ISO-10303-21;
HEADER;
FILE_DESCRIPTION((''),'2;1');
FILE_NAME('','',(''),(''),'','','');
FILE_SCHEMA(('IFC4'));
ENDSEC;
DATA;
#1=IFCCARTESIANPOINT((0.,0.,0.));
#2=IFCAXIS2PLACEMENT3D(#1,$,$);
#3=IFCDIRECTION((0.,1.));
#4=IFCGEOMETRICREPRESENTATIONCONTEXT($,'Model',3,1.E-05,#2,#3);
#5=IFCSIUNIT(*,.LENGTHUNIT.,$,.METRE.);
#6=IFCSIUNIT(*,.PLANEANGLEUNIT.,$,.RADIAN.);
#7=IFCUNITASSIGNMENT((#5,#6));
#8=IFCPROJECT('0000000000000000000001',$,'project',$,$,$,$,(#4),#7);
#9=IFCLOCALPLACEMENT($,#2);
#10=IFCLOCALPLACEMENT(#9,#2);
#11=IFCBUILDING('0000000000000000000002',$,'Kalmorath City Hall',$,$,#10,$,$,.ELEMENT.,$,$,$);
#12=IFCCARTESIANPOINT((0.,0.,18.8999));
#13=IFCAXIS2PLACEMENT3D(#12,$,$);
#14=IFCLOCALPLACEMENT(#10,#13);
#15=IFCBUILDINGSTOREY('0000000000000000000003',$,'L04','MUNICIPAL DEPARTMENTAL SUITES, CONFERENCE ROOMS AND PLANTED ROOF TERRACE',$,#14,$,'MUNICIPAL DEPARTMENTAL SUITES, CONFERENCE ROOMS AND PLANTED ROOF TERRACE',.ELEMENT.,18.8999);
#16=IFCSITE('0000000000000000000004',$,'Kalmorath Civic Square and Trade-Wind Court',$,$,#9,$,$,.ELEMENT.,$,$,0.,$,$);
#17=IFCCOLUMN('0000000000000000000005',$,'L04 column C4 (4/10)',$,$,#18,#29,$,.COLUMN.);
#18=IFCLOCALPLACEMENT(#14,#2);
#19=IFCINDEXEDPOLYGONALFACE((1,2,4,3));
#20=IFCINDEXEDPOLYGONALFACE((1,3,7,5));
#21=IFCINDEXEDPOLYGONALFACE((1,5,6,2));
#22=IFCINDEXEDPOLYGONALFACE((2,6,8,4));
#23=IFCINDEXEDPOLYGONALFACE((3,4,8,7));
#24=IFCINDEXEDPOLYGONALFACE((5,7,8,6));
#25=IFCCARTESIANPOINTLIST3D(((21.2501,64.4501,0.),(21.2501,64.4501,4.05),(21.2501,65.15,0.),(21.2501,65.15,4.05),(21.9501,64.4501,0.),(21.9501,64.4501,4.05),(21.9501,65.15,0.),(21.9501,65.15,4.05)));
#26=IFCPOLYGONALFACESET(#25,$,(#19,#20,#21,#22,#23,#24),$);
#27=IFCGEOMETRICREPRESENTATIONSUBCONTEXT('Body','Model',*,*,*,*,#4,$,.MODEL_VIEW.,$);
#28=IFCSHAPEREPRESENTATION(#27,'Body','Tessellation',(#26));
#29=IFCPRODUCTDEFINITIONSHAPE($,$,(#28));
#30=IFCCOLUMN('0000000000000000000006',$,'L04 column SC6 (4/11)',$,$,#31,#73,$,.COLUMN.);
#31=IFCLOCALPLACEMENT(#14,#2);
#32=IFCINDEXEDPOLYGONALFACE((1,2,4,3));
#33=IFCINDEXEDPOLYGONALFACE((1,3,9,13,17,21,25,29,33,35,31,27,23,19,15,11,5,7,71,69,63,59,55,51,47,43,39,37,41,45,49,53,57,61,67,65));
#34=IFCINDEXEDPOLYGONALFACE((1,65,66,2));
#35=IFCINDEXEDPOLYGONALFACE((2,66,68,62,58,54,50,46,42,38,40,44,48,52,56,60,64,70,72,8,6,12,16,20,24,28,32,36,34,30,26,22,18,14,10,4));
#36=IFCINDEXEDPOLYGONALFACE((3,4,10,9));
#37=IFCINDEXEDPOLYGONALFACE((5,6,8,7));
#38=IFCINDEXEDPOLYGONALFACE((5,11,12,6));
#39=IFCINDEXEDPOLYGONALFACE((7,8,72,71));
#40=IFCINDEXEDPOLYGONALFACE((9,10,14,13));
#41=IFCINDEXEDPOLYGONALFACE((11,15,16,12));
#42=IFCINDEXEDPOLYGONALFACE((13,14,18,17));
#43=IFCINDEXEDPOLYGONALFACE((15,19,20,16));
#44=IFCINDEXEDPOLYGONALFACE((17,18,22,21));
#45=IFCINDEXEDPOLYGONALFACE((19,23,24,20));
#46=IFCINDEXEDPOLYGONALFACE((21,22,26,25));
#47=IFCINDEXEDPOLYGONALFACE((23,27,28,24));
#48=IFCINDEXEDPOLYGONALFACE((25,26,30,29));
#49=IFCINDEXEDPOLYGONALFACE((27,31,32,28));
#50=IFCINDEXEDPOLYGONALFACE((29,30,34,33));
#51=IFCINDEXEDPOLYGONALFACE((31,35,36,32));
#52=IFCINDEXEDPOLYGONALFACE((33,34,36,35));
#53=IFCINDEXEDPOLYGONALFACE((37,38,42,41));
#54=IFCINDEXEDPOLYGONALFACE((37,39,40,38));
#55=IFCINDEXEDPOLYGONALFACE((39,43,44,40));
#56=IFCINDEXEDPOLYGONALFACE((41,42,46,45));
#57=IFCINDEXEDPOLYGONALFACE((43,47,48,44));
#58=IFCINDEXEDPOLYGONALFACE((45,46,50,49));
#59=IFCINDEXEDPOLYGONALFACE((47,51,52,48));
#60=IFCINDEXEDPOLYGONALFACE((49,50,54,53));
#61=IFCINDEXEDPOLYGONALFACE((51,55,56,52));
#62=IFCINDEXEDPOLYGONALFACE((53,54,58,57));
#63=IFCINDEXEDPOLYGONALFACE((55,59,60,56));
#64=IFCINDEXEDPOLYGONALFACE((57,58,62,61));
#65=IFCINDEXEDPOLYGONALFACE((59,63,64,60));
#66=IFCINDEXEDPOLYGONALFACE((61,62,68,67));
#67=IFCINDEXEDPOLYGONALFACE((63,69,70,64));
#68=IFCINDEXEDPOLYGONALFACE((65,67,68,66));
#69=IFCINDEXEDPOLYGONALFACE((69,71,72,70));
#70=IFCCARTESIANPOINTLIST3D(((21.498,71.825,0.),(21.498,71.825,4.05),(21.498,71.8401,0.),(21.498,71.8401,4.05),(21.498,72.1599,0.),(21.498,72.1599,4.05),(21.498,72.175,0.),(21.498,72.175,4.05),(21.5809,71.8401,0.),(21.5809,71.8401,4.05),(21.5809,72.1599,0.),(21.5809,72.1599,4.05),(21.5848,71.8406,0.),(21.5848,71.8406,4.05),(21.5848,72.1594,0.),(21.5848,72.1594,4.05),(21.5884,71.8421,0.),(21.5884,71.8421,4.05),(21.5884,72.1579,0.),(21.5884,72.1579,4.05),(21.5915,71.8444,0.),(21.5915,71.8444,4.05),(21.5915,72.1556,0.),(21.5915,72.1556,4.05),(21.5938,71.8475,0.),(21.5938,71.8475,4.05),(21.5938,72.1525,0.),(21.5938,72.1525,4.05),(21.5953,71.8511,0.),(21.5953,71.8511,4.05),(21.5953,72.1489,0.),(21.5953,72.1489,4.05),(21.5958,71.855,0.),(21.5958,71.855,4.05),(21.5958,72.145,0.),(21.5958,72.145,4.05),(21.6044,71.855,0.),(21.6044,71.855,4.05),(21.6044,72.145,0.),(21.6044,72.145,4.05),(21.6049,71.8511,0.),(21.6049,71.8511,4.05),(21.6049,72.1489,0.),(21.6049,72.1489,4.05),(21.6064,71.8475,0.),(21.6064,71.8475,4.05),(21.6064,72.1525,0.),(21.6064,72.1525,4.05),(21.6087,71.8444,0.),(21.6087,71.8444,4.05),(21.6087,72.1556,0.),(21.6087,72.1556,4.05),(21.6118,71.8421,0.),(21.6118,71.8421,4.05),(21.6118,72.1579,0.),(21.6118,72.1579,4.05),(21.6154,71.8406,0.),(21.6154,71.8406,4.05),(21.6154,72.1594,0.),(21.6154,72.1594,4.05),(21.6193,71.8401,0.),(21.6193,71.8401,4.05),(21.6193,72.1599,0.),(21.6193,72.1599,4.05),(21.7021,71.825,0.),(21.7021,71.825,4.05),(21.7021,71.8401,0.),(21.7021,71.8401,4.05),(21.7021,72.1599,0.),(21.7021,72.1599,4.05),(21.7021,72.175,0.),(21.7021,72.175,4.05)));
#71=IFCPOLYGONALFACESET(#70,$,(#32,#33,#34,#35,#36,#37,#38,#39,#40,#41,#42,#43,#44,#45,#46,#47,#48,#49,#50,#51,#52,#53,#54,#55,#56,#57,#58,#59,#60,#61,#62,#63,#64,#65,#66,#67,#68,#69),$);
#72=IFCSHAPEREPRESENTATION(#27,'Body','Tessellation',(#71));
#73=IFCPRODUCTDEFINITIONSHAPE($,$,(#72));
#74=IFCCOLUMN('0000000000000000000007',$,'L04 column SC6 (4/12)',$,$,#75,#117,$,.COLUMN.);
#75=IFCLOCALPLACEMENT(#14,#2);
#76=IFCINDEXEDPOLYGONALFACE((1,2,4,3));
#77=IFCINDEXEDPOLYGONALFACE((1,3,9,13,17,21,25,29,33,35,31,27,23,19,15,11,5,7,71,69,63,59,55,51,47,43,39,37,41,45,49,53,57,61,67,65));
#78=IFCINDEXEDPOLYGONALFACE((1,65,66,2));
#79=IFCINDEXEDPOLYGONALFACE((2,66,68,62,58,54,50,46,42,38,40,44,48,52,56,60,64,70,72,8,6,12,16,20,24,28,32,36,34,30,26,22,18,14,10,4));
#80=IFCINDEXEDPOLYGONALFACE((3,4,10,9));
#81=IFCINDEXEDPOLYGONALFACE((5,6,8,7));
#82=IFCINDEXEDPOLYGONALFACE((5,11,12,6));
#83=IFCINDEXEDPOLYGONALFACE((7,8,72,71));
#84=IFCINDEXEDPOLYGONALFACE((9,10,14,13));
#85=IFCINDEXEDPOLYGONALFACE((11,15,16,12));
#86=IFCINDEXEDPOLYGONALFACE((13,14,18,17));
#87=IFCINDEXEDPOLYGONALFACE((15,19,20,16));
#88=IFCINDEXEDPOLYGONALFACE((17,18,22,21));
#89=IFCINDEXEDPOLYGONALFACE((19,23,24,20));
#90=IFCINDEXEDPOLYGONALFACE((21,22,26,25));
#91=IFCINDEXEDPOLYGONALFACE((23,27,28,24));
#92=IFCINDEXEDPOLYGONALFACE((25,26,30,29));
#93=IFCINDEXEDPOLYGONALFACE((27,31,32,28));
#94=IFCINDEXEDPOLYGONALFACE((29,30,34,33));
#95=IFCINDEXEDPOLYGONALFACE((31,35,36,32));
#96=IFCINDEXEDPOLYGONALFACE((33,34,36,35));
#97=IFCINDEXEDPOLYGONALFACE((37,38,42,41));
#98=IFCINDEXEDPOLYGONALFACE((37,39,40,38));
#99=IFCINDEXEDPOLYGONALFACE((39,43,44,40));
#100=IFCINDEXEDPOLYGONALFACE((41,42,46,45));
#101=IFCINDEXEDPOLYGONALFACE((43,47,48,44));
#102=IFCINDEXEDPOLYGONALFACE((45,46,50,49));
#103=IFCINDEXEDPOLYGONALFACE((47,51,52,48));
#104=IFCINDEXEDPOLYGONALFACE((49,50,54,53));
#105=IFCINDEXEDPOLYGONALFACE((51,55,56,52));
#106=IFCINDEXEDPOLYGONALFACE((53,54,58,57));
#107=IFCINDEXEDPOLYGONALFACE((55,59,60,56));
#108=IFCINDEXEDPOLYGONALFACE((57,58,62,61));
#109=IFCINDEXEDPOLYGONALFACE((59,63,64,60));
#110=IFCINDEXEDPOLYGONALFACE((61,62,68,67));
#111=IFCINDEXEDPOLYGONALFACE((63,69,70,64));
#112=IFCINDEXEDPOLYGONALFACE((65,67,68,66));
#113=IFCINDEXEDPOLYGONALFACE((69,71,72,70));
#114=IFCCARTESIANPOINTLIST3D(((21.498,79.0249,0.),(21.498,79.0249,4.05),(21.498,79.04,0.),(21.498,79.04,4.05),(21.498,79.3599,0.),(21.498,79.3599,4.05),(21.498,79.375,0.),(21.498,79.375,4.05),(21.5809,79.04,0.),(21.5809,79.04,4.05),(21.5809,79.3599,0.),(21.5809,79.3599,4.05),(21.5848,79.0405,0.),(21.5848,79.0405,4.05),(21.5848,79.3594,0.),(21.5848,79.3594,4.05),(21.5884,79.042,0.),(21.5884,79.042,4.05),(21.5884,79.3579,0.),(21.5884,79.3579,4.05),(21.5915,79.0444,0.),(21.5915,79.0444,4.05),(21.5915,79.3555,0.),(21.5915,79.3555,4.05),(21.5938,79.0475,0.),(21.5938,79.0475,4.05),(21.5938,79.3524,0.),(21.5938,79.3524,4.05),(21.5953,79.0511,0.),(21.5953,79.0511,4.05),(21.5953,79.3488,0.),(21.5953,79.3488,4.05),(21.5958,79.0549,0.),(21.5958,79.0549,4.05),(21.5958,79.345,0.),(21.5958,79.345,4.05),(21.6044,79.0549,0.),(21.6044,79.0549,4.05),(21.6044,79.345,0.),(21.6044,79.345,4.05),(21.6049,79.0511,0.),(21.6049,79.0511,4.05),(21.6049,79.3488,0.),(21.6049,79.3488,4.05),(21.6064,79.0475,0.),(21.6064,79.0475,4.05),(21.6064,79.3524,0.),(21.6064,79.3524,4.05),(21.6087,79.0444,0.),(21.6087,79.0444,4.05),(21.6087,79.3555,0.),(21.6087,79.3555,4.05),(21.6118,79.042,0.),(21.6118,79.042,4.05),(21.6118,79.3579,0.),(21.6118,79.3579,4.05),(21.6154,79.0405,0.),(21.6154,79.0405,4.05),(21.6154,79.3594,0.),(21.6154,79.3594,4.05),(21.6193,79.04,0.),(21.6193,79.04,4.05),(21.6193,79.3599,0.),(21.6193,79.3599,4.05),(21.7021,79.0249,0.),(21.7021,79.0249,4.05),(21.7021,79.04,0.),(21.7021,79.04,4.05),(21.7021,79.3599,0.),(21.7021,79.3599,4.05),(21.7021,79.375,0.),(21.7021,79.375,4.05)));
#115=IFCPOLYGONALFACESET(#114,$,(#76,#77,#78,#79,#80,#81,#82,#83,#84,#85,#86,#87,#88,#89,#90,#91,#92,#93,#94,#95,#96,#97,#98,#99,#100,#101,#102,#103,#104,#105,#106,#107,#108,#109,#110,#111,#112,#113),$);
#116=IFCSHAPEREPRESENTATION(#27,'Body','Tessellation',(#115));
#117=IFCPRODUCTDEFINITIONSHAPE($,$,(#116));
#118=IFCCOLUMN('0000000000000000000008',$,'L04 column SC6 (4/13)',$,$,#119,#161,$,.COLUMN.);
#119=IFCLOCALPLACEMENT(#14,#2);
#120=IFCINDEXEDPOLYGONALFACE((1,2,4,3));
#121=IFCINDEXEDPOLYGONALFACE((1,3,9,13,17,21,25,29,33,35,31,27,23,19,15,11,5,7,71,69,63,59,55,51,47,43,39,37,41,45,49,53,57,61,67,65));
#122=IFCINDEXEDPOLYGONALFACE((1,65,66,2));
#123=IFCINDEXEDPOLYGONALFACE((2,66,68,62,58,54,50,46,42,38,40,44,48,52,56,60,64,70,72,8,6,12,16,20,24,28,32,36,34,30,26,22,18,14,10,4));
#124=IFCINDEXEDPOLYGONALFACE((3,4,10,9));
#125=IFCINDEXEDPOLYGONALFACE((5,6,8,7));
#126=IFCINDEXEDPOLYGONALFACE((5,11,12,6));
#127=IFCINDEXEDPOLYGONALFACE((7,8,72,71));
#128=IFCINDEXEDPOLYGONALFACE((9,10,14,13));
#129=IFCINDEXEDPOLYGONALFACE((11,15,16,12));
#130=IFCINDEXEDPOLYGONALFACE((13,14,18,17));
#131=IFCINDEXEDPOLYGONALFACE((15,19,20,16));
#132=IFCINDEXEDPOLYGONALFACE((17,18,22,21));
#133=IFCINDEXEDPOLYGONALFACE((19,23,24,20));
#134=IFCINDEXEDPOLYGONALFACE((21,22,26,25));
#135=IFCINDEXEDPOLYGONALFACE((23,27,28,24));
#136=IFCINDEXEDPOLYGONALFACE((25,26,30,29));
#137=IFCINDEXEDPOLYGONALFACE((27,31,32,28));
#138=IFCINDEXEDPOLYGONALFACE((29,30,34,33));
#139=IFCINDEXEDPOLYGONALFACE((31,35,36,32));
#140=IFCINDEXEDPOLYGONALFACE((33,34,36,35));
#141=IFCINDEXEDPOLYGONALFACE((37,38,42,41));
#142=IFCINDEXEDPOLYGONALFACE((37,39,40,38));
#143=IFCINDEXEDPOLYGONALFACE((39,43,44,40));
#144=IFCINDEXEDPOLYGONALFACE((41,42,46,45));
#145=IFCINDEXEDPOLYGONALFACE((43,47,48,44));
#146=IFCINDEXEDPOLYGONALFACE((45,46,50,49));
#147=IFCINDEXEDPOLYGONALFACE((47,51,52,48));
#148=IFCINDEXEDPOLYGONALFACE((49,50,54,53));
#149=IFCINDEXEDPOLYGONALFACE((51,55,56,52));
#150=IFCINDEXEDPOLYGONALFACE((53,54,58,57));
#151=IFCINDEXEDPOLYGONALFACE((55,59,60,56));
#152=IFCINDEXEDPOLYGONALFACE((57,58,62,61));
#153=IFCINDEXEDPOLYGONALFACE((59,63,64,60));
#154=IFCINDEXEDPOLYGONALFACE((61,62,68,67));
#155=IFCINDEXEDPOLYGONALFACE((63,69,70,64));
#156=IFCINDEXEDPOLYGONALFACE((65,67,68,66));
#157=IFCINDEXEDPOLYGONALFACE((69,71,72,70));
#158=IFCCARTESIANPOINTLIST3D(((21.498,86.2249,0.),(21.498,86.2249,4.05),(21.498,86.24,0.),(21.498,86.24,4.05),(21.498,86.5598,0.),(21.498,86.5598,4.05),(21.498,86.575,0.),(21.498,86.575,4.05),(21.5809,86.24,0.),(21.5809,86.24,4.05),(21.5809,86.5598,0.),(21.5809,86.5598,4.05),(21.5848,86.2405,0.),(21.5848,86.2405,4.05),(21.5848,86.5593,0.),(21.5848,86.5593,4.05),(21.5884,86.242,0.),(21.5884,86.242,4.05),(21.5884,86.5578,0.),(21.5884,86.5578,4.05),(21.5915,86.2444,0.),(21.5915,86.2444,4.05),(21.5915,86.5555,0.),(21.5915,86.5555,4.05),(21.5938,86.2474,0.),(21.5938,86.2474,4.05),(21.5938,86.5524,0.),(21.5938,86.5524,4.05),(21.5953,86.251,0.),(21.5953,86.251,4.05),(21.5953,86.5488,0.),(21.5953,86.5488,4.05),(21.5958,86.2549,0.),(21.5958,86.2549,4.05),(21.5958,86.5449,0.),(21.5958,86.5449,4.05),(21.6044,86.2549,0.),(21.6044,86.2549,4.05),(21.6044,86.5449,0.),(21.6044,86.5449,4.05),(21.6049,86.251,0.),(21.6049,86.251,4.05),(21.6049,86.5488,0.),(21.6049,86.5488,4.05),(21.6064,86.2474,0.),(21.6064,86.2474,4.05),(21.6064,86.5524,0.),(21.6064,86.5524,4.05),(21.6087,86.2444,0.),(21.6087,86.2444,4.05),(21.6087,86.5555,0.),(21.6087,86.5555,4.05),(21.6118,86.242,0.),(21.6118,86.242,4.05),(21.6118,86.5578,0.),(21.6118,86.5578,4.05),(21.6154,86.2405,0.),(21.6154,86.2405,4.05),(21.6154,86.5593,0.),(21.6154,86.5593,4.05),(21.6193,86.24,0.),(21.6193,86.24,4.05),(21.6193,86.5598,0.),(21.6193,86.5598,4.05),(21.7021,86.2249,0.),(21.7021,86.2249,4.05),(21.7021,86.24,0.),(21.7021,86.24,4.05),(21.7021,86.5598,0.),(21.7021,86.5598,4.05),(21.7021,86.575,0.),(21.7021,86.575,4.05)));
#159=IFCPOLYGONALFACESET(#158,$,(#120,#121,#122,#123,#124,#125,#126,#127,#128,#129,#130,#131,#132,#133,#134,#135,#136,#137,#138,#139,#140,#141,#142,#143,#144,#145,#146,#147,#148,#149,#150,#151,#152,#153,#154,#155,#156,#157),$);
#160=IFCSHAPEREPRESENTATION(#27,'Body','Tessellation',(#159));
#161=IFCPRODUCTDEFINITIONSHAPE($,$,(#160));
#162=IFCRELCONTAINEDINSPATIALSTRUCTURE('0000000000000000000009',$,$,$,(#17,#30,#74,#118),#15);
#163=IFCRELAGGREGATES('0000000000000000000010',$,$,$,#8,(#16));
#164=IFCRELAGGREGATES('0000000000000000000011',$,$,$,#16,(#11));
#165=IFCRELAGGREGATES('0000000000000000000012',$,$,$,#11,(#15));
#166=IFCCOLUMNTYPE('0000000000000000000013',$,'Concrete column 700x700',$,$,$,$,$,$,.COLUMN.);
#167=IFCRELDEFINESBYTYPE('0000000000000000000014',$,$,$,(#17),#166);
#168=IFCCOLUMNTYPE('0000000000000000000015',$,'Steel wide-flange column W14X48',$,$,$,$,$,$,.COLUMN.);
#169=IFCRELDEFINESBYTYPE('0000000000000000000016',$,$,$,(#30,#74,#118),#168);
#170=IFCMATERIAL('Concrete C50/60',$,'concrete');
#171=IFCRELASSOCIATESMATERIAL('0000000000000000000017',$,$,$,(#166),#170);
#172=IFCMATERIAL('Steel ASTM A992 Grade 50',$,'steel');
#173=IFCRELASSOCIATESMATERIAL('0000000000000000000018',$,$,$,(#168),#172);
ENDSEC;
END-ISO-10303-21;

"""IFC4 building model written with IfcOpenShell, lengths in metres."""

from ifc_helpers import new_model, si_unit, direction, frame, origin, origin_2d, place, context, subcontext, project, spatial, rectangle, i_section, extrude, material, material_profile, profile_set, type_object, element, save


model = new_model("IFC4")

# Units and contexts
model_context = context("Model", 3, precision=1e-05, world=origin(), true_north=direction((0.0, 1.0)))
body_context = subcontext(model_context, "Body", "Model", "MODEL_VIEW")
ifc_project = project(units=[si_unit("LENGTHUNIT", "METRE"), si_unit("PLANEANGLEUNIT", "RADIAN")], contexts=[model_context])

# Site, building, storey
site_placement = place(None, origin())
site = spatial("IfcSite", under=ifc_project, at=site_placement, Name="Kalmorath Civic Square and Trade-Wind Court", CompositionType="ELEMENT", RefElevation=0.0)
building_placement = place(site_placement, origin())
building = spatial("IfcBuilding", under=site, at=building_placement, Name="Kalmorath City Hall", CompositionType="ELEMENT")
storey_placement = place(building_placement, frame((0.0, 0.0, 18.8999)))
storey = spatial("IfcBuildingStorey", under=building, at=storey_placement, Name="L04", Description="MUNICIPAL DEPARTMENTAL SUITES, CONFERENCE ROOMS AND PLANTED ROOF TERRACE", LongName="MUNICIPAL DEPARTMENTAL SUITES, CONFERENCE ROOMS AND PLANTED ROOF TERRACE", CompositionType="ELEMENT", Elevation=18.8999)

# Columns
ifc_material_1 = material(Name="Concrete C50/60", Category="concrete")
ifc_material_profile_1 = material_profile(ifc_material_1, rectangle(XDim=0.7, YDim=0.7, at=origin_2d()), Name="RC-COL-700X700")
ifc_profile_set_1 = profile_set([ifc_material_profile_1], Name="Concrete C50/60")
column_type_1 = type_object("IfcColumnType", Name="Concrete column 700x700", PredefinedType="COLUMN", material=ifc_profile_set_1)
column_placement = place(storey_placement, frame((21.6001, 64.8, 0.0), z_axis=(0.0, 0.0, 1.0), x_axis=(1.0, 0.0, 0.0)))
element("IfcColumn", 1, at=column_placement, inside=storey, type_object=column_type_1, Name="L04 column C4 (4/10)", PredefinedType="COLUMN", context=body_context, shape_type="SweptSolid", body=[
    extrude(rectangle(XDim=0.7, YDim=0.7, at=origin_2d()), origin(), (0.0, 0.0, 1.0), 4.05),
])
ifc_material_2 = material(Name="Steel ASTM A992 Grade 50", Category="steel")
ifc_material_profile_2 = material_profile(ifc_material_2, i_section(OverallWidth=0.2041, OverallDepth=0.3501, WebThickness=0.0085, FlangeThickness=0.0151, FilletRadius=0.0149, at=origin_2d()), Name="W14X48")
ifc_profile_set_2 = profile_set([ifc_material_profile_2], Name="Steel ASTM A992 Grade 50")
column_type_2 = type_object("IfcColumnType", Name="Steel wide-flange column W14X48", PredefinedType="COLUMN", material=ifc_profile_set_2)
for number, where, z_axis, x_axis, name in (
    (2, (21.6001, 72.0, 0.0), (0.0, 0.0, 1.0), (1.0, 0.0, 0.0), "L04 column SC6 (4/11)"),
    (3, (21.6001, 79.2, 0.0), (0.0, 0.0, 1.0), (1.0, 0.0, 0.0), "L04 column SC6 (4/12)"),
    (4, (21.6001, 86.3999, 0.0), (0.0, 0.0, 1.0), (1.0, 0.0, 0.0), "L04 column SC6 (4/13)"),
):
    element("IfcColumn", number, at=place(storey_placement, frame(where, z_axis=z_axis, x_axis=x_axis)), inside=storey, type_object=column_type_2, Name=name, PredefinedType="COLUMN", context=body_context, shape_type="SweptSolid", body=[
        extrude(i_section(OverallWidth=0.2041, OverallDepth=0.3501, WebThickness=0.0085, FlangeThickness=0.0151, FilletRadius=0.0149, at=origin_2d()), origin(), (0.0, 0.0, 1.0), 4.05),
    ])

save(model, "model.ifc")
